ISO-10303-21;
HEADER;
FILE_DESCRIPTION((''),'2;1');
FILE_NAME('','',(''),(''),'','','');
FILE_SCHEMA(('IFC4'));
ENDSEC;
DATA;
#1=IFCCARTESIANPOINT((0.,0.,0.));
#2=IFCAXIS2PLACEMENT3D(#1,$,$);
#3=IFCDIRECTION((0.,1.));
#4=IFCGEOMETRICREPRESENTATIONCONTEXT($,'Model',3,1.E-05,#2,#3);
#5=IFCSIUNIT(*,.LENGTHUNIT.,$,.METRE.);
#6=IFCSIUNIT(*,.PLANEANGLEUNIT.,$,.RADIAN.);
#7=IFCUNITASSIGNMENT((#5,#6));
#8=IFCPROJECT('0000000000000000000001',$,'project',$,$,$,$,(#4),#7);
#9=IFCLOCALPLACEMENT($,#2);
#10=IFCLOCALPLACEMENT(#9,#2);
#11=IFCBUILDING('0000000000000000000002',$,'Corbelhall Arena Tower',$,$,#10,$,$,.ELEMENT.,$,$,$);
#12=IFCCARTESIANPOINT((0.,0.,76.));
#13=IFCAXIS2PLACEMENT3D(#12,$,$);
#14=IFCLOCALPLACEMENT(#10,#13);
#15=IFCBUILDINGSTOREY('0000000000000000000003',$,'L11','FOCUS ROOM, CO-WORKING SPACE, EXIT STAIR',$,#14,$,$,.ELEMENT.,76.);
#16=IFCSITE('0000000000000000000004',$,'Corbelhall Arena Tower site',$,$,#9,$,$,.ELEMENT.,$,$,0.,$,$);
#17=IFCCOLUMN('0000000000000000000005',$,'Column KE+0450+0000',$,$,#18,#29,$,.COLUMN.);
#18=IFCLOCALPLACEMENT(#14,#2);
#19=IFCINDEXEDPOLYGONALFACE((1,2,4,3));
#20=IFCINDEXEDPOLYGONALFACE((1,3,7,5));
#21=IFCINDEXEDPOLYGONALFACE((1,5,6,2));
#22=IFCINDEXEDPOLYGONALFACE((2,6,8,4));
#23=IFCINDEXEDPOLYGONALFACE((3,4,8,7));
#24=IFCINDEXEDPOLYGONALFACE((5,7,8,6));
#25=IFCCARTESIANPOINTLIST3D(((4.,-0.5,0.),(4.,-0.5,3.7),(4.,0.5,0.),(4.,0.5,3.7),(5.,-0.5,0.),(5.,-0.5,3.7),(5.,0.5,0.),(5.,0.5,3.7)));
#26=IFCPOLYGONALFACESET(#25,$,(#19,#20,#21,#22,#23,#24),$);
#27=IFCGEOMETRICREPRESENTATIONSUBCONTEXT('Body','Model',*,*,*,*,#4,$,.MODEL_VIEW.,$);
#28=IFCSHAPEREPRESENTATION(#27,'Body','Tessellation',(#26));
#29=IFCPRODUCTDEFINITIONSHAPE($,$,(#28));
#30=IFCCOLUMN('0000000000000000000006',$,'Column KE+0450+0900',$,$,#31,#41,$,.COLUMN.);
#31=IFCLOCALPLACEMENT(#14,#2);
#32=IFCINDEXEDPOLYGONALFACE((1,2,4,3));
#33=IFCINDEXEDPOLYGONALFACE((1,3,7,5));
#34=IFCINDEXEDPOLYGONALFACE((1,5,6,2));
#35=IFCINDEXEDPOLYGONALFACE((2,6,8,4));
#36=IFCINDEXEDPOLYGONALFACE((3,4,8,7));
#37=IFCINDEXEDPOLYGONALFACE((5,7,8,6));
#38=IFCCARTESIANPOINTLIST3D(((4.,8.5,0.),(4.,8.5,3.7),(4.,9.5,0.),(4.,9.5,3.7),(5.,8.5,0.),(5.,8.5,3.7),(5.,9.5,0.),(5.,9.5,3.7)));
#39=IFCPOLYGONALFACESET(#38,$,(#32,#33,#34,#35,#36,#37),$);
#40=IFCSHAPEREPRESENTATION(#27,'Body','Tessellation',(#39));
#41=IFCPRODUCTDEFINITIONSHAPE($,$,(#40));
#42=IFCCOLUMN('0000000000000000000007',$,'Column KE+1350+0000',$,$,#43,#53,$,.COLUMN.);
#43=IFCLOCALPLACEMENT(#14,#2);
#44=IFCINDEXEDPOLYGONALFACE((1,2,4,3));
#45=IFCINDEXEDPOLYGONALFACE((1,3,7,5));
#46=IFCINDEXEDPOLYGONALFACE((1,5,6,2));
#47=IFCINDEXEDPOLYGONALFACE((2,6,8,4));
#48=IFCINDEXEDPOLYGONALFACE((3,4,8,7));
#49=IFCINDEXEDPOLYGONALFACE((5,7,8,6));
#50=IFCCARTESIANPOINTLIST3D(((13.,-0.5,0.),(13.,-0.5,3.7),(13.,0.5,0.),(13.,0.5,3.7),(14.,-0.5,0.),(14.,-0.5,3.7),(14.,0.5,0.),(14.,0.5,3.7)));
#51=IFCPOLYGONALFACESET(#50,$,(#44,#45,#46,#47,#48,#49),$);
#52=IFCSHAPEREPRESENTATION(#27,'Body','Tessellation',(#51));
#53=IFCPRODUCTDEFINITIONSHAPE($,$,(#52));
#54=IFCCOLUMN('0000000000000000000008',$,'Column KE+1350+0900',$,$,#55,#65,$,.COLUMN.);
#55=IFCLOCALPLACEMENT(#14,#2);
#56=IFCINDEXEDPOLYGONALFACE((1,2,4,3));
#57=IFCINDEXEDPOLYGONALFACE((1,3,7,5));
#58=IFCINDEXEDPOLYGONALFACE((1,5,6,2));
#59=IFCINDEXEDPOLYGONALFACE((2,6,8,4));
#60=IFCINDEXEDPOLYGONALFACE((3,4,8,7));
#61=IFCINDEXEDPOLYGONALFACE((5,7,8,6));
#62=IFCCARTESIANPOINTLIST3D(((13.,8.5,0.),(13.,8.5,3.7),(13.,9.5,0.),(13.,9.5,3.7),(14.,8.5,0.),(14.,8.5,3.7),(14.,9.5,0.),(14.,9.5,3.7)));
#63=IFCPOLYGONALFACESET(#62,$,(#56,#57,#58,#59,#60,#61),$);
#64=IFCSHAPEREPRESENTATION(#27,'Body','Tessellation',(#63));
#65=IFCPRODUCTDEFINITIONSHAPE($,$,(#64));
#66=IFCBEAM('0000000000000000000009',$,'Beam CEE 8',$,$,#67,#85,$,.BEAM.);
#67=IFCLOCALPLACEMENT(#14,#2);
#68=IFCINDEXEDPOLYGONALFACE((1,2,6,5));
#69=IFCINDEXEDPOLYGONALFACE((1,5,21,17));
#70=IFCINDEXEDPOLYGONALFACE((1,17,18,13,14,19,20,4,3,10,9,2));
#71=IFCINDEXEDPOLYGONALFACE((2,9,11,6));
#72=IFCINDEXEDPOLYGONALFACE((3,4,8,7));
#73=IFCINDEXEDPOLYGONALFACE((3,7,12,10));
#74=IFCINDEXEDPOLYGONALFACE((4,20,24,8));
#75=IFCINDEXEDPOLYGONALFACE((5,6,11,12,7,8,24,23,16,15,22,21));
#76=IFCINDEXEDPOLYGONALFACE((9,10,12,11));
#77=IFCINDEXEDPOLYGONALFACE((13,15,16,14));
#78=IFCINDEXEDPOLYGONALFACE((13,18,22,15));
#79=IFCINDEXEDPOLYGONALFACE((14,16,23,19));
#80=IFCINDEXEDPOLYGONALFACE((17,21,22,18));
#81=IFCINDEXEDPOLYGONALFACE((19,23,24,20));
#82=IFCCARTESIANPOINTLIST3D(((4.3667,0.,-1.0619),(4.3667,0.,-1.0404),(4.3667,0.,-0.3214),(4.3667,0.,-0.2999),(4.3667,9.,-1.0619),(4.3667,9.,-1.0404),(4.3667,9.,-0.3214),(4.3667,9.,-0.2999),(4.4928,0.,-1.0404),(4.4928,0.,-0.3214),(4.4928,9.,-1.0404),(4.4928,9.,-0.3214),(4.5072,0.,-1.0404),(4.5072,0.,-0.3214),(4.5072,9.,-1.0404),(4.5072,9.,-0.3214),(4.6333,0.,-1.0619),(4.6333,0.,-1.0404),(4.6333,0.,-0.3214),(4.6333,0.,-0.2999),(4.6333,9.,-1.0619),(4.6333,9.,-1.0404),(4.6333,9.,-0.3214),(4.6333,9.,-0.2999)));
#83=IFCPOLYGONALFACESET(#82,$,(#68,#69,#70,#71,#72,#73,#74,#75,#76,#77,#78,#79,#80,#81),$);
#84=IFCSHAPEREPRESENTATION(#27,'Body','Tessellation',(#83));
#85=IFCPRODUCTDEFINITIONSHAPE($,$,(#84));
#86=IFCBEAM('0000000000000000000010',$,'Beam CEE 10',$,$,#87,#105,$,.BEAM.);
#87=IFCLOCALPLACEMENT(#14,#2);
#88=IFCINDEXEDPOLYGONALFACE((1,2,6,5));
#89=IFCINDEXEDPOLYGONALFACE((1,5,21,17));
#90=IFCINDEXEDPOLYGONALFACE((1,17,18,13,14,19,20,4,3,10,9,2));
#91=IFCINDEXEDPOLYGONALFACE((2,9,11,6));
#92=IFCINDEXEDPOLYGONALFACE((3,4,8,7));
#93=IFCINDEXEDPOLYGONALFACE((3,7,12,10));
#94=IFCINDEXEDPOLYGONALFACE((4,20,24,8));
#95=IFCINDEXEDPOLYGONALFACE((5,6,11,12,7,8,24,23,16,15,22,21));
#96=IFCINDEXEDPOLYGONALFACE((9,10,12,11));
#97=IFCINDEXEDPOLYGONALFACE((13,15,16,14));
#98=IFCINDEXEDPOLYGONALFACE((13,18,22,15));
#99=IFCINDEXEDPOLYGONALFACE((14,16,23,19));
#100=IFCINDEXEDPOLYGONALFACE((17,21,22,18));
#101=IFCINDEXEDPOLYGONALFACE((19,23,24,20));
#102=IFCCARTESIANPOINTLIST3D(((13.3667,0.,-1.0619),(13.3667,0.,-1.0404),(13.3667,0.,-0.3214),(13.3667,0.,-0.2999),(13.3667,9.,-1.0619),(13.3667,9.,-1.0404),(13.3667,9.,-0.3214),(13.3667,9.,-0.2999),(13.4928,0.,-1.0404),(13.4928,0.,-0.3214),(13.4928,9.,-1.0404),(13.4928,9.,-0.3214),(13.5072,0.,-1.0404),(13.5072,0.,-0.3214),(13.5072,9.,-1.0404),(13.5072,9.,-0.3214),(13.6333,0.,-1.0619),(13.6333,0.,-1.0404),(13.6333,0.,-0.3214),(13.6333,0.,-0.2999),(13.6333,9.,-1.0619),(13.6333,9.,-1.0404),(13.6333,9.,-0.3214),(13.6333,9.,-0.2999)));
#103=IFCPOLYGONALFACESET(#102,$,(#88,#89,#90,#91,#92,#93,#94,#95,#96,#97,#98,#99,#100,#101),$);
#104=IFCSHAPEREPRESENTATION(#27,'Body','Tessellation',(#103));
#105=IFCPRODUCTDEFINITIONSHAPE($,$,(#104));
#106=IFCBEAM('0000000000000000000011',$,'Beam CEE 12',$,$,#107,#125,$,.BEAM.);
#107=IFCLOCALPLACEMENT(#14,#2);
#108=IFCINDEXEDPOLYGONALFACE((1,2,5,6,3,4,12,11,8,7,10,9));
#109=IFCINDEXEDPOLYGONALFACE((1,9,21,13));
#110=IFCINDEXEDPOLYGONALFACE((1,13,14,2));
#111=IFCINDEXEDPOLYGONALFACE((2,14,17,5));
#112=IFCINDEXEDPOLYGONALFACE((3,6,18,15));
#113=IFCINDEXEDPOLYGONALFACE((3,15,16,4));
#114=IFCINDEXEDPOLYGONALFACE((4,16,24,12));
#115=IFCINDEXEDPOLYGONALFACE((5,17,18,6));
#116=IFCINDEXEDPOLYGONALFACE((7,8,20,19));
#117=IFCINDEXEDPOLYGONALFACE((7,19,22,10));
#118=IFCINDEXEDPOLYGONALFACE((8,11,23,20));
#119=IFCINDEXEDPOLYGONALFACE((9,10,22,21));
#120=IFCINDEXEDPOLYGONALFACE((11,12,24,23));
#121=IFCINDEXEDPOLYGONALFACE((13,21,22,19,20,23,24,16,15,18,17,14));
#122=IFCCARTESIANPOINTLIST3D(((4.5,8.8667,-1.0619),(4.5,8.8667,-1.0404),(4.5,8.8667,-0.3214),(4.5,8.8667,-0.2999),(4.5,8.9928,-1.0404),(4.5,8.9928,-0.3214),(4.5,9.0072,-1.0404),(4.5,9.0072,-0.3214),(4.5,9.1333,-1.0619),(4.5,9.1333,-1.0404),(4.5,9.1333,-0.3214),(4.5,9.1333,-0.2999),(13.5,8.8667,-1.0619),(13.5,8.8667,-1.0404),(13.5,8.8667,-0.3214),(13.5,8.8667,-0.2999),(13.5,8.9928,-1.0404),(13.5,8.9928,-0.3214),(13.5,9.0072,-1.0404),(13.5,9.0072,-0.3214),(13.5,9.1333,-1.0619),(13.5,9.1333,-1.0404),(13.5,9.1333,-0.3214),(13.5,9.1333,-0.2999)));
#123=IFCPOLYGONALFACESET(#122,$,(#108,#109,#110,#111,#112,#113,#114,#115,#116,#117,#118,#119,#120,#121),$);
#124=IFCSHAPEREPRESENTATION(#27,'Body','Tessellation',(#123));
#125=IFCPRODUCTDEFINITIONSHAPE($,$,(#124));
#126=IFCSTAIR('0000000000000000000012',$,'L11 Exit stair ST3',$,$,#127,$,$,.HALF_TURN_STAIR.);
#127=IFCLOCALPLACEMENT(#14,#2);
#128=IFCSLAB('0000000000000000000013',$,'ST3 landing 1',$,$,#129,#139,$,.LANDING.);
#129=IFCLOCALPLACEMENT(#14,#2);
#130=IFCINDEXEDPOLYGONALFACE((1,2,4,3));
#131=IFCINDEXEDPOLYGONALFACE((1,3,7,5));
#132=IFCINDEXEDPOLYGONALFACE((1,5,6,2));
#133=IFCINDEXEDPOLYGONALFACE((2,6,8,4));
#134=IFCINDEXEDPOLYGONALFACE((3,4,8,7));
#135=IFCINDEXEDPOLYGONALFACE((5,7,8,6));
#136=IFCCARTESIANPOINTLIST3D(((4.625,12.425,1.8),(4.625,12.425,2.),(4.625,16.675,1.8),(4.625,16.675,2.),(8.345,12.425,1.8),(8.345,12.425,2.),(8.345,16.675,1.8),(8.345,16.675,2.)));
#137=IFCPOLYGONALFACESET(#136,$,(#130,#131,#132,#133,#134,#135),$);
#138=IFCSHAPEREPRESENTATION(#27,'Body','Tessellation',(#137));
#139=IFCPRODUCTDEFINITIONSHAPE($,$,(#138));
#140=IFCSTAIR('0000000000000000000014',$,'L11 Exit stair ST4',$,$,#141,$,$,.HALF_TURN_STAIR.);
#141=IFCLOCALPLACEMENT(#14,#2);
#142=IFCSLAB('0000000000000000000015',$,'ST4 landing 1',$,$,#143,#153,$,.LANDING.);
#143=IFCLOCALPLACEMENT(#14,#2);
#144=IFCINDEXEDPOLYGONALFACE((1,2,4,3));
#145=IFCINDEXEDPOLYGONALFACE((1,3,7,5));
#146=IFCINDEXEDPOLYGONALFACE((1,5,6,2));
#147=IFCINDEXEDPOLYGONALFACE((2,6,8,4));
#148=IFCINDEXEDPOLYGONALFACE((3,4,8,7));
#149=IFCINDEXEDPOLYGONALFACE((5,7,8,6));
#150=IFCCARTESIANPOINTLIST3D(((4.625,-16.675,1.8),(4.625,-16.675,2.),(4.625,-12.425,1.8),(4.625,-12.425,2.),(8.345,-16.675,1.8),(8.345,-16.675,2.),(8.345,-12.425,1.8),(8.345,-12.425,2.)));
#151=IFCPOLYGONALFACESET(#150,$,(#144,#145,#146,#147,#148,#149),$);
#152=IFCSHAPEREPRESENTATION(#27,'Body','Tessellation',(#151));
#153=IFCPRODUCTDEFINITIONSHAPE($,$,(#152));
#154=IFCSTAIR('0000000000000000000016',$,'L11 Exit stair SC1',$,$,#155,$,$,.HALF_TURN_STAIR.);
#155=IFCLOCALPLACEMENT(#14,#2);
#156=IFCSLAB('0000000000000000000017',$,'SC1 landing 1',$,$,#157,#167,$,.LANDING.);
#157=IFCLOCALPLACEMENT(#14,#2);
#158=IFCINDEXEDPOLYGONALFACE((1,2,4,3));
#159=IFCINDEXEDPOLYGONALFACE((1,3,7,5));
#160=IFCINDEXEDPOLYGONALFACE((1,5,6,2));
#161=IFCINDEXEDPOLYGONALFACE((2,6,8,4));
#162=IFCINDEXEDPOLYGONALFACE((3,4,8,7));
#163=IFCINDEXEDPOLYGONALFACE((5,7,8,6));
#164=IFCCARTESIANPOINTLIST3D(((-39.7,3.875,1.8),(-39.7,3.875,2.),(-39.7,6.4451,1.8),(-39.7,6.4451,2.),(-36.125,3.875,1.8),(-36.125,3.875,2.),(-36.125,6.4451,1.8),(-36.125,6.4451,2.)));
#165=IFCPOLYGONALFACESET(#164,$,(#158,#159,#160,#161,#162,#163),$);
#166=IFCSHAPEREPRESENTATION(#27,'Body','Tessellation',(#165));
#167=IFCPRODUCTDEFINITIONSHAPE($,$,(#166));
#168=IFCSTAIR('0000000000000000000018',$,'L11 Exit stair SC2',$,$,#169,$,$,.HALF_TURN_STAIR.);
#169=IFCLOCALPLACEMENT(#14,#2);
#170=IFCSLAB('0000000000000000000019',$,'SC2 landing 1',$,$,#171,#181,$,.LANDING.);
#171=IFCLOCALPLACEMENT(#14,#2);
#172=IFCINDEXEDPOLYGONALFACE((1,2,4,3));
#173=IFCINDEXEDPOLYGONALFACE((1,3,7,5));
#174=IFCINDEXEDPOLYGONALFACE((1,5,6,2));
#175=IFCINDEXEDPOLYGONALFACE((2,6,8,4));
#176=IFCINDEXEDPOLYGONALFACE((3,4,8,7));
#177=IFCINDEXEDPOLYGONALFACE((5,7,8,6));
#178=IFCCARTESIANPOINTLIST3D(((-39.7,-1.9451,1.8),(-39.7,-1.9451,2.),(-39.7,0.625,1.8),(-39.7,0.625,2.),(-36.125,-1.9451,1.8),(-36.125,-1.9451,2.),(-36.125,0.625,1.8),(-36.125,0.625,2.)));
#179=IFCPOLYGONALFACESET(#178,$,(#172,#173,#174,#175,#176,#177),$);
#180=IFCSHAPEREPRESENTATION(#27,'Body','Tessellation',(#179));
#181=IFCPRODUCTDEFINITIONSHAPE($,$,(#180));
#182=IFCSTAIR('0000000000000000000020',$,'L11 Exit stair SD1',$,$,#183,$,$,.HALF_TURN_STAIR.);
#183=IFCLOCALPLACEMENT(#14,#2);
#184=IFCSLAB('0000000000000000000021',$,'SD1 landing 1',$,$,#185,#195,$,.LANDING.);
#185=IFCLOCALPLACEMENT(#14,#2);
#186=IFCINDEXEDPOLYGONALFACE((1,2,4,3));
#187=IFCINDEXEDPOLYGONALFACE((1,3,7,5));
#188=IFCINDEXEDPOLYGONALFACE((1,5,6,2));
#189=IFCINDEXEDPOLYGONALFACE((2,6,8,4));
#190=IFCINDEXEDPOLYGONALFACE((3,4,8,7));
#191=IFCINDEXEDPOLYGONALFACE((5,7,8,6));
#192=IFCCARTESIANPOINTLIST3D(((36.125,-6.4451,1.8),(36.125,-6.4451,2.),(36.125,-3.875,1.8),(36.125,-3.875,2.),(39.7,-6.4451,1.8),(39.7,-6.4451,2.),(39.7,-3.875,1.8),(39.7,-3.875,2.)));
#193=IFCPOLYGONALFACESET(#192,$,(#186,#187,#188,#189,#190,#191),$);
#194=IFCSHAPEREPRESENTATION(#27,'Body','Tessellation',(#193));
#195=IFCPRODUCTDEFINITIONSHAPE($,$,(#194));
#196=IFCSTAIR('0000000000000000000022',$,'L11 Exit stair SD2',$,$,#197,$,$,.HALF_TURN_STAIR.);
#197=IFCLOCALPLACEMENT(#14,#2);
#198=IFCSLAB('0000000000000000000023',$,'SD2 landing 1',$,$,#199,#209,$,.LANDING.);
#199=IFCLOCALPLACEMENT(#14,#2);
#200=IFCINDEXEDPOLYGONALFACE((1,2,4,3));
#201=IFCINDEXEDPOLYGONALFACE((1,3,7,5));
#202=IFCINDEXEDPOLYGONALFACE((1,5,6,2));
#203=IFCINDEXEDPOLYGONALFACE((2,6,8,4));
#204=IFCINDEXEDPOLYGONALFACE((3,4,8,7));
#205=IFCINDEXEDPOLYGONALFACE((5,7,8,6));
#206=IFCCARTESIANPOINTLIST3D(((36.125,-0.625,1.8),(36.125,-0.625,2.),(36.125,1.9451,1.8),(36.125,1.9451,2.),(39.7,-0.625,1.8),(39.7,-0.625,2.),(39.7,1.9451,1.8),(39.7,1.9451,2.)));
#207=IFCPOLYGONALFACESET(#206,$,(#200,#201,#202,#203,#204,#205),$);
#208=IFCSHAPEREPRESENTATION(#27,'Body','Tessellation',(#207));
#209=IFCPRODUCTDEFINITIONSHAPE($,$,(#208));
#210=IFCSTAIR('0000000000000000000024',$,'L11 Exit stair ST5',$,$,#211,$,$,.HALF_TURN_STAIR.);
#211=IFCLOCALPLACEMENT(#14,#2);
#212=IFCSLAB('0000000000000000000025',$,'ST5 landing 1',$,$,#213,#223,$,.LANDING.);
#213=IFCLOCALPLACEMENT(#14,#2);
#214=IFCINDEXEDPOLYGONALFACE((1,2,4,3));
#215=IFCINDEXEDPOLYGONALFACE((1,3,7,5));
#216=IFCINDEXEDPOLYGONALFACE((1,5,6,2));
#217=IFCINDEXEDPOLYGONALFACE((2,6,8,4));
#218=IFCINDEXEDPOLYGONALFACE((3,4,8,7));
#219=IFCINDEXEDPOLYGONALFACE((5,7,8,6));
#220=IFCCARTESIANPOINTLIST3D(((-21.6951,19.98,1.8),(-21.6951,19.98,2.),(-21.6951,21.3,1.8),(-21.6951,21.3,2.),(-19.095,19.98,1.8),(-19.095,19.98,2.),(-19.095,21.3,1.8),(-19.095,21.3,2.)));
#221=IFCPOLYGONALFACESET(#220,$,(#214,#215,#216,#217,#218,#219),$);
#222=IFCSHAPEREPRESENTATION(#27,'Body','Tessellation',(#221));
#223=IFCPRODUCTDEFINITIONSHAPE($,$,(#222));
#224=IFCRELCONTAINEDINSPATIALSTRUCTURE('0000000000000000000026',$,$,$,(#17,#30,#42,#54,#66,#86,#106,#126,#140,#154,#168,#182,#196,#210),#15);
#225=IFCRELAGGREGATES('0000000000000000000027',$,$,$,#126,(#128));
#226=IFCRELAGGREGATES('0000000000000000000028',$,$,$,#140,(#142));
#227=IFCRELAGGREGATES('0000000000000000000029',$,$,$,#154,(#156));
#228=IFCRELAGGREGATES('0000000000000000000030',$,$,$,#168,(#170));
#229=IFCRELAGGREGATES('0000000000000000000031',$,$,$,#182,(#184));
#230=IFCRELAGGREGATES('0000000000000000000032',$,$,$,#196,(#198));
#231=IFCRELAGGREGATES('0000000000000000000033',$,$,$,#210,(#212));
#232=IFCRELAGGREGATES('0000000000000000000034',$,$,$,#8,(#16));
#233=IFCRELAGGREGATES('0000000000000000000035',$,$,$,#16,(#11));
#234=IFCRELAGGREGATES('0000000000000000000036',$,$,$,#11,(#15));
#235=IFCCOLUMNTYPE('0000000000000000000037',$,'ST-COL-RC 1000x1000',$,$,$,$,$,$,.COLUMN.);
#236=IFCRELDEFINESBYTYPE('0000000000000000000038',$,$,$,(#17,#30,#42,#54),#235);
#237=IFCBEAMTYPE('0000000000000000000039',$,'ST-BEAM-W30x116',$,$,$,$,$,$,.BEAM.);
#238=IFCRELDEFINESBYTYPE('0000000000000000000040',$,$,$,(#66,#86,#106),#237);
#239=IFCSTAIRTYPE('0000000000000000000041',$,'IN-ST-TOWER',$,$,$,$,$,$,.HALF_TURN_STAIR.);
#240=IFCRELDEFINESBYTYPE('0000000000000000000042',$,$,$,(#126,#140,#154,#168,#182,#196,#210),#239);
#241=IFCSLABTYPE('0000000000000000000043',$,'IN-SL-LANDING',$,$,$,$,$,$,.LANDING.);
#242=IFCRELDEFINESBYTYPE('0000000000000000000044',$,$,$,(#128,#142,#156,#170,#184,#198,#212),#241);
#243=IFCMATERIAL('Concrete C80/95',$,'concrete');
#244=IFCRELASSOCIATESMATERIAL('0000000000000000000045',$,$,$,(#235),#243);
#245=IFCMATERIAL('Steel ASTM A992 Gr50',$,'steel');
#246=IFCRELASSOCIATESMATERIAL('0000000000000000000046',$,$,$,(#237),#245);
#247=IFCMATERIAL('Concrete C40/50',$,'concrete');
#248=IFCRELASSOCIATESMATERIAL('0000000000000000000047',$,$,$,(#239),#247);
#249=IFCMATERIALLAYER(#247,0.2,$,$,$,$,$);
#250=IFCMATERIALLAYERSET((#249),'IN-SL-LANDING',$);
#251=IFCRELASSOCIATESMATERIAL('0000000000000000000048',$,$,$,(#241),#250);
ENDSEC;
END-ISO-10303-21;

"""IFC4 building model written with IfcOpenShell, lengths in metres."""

from ifc_helpers import new_model, si_unit, direction, frame, origin, origin_2d, place, context, subcontext, project, spatial, polyline, rectangle, i_section, outline, extrude, material, layer, layer_set, material_profile, profile_set, type_object, element, aggregate, save


model = new_model("IFC4")

# Units and contexts
model_context = context("Model", 3, precision=1e-05, world=origin(), true_north=direction((0.0, 1.0)))
body_context = subcontext(model_context, "Body", "Model", "MODEL_VIEW")
ifc_project = project(units=[si_unit("LENGTHUNIT", "METRE"), si_unit("PLANEANGLEUNIT", "RADIAN")], contexts=[model_context])

# Site, building, storey
site_placement = place(None, origin())
site = spatial("IfcSite", under=ifc_project, at=site_placement, Name="Corbelhall Arena Tower site", CompositionType="ELEMENT", RefElevation=0.0)
building_placement = place(site_placement, origin())
building = spatial("IfcBuilding", under=site, at=building_placement, Name="Corbelhall Arena Tower", CompositionType="ELEMENT")
storey_placement = place(building_placement, frame((0.0, 0.0, 76.0)))
storey = spatial("IfcBuildingStorey", under=building, at=storey_placement, Name="L11", Description="FOCUS ROOM, CO-WORKING SPACE, EXIT STAIR", CompositionType="ELEMENT", Elevation=76.0)

# Columns
ifc_material_1 = material(Name="Concrete C80/95", Category="concrete")
ifc_material_profile_1 = material_profile(ifc_material_1, rectangle(XDim=1.0, YDim=1.0, at=origin_2d()))
ifc_profile_set_1 = profile_set([ifc_material_profile_1], Name="Concrete C80/95")
column_type = type_object("IfcColumnType", Name="ST-COL-RC 1000x1000", PredefinedType="COLUMN", material=ifc_profile_set_1)
for number, where, z_axis, x_axis, name in (
    (1, (4.5, 0.0, 0.0), (0.0, 0.0, 1.0), (1.0, 0.0, 0.0), "Column KE+0450+0000"),
    (2, (4.5, 9.0, 0.0), (0.0, 0.0, 1.0), (1.0, 0.0, 0.0), "Column KE+0450+0900"),
    (3, (13.5, 0.0, 0.0), (0.0, 0.0, 1.0), (1.0, 0.0, 0.0), "Column KE+1350+0000"),
    (4, (13.5, 9.0, 0.0), (0.0, 0.0, 1.0), (1.0, 0.0, 0.0), "Column KE+1350+0900"),
):
    element("IfcColumn", number, at=place(storey_placement, frame(where, z_axis=z_axis, x_axis=x_axis)), inside=storey, type_object=column_type, Name=name, PredefinedType="COLUMN", context=body_context, shape_type="SweptSolid", body=[
        extrude(rectangle(XDim=1.0, YDim=1.0, at=origin_2d()), origin(), (0.0, 0.0, 1.0), 3.7),
    ])

# Beams
ifc_material_2 = material(Name="Steel ASTM A992 Gr50", Category="steel")
ifc_material_profile_2 = material_profile(ifc_material_2, i_section(OverallWidth=0.2666, OverallDepth=0.762, WebThickness=0.0144, FlangeThickness=0.0215, at=origin_2d()))
ifc_profile_set_2 = profile_set([ifc_material_profile_2], Name="Steel ASTM A992 Gr50")
beam_type = type_object("IfcBeamType", Name="ST-BEAM-W30x116", PredefinedType="BEAM", material=ifc_profile_set_2)
for number, where, z_axis, x_axis, name in (
    (5, (4.5, 0.0, -0.6809), (0.0, 1.0, 0.0), (-1.0, 0.0, 0.0), "Beam CEE 8"),
    (6, (13.5, 0.0, -0.6809), (0.0, 1.0, 0.0), (-1.0, 0.0, 0.0), "Beam CEE 10"),
    (7, (4.5, 9.0, -0.6809), (1.0, 0.0, 0.0), (0.0, 1.0, 0.0), "Beam CEE 12"),
):
    element("IfcBeam", number, at=place(storey_placement, frame(where, z_axis=z_axis, x_axis=x_axis)), inside=storey, type_object=beam_type, Name=name, PredefinedType="BEAM", context=body_context, shape_type="SweptSolid", body=[
        extrude(i_section(OverallWidth=0.2666, OverallDepth=0.762, WebThickness=0.0144, FlangeThickness=0.0215, at=origin_2d()), origin(), (0.0, 0.0, 1.0), 9.0),
    ])

# Stairs, slabs
ifc_material_3 = material(Name="Concrete C40/50", Category="concrete")
stair_type = type_object("IfcStairType", Name="IN-ST-TOWER", PredefinedType="HALF_TURN_STAIR", material=ifc_material_3)
stair_1_placement = place(storey_placement, origin())
stair_1 = element("IfcStair", 8, at=stair_1_placement, inside=storey, type_object=stair_type, Name="L11 Exit stair ST3", PredefinedType="HALF_TURN_STAIR")
ifc_layer_1 = layer(ifc_material_3, 0.2)
ifc_layer_set_1 = layer_set([ifc_layer_1], Name="IN-SL-LANDING")
slab_type = type_object("IfcSlabType", Name="IN-SL-LANDING", PredefinedType="LANDING", material=ifc_layer_set_1)
slab_1_placement = place(storey_placement, frame((0.0, 0.0, 1.8)))
slab_1 = element("IfcSlab", 9, at=slab_1_placement, type_object=slab_type, Name="ST3 landing 1", PredefinedType="LANDING", context=body_context, shape_type="SweptSolid", body=[
    extrude(outline(polyline([(8.345, 16.675), (4.625, 16.675), (4.625, 12.425), (8.345, 12.425), (8.345, 16.675)])), origin(), (0.0, 0.0, 1.0), 0.2),
])
aggregate(stair_1, [slab_1])
stair_2_placement = place(storey_placement, origin())
stair_2 = element("IfcStair", 10, at=stair_2_placement, inside=storey, type_object=stair_type, Name="L11 Exit stair ST4", PredefinedType="HALF_TURN_STAIR")
slab_2_placement = place(storey_placement, frame((0.0, 0.0, 1.8)))
slab_2 = element("IfcSlab", 11, at=slab_2_placement, type_object=slab_type, Name="ST4 landing 1", PredefinedType="LANDING", context=body_context, shape_type="SweptSolid", body=[
    extrude(outline(polyline([(8.345, -12.425), (4.625, -12.425), (4.625, -16.675), (8.345, -16.675), (8.345, -12.425)])), origin(), (0.0, 0.0, 1.0), 0.2),
])
aggregate(stair_2, [slab_2])
stair_3_placement = place(storey_placement, origin())
stair_3 = element("IfcStair", 12, at=stair_3_placement, inside=storey, type_object=stair_type, Name="L11 Exit stair SC1", PredefinedType="HALF_TURN_STAIR")
slab_3_placement = place(storey_placement, frame((0.0, 0.0, 1.8)))
slab_3 = element("IfcSlab", 13, at=slab_3_placement, type_object=slab_type, Name="SC1 landing 1", PredefinedType="LANDING", context=body_context, shape_type="SweptSolid", body=[
    extrude(outline(polyline([(-39.7, 6.4451), (-39.7, 3.875), (-36.125, 3.875), (-36.125, 6.4451), (-39.7, 6.4451)])), origin(), (0.0, 0.0, 1.0), 0.2),
])
aggregate(stair_3, [slab_3])
stair_4_placement = place(storey_placement, origin())
stair_4 = element("IfcStair", 14, at=stair_4_placement, inside=storey, type_object=stair_type, Name="L11 Exit stair SC2", PredefinedType="HALF_TURN_STAIR")
slab_4_placement = place(storey_placement, frame((0.0, 0.0, 1.8)))
slab_4 = element("IfcSlab", 15, at=slab_4_placement, type_object=slab_type, Name="SC2 landing 1", PredefinedType="LANDING", context=body_context, shape_type="SweptSolid", body=[
    extrude(outline(polyline([(-36.125, -1.9451), (-36.125, 0.625), (-39.7, 0.625), (-39.7, -1.9451), (-36.125, -1.9451)])), origin(), (0.0, 0.0, 1.0), 0.2),
])
aggregate(stair_4, [slab_4])
stair_5_placement = place(storey_placement, origin())
stair_5 = element("IfcStair", 16, at=stair_5_placement, inside=storey, type_object=stair_type, Name="L11 Exit stair SD1", PredefinedType="HALF_TURN_STAIR")
slab_5_placement = place(storey_placement, frame((0.0, 0.0, 1.8)))
slab_5 = element("IfcSlab", 17, at=slab_5_placement, type_object=slab_type, Name="SD1 landing 1", PredefinedType="LANDING", context=body_context, shape_type="SweptSolid", body=[
    extrude(outline(polyline([(39.7, -6.4451), (39.7, -3.875), (36.125, -3.875), (36.125, -6.4451), (39.7, -6.4451)])), origin(), (0.0, 0.0, 1.0), 0.2),
])
aggregate(stair_5, [slab_5])
stair_6_placement = place(storey_placement, origin())
stair_6 = element("IfcStair", 18, at=stair_6_placement, inside=storey, type_object=stair_type, Name="L11 Exit stair SD2", PredefinedType="HALF_TURN_STAIR")
slab_6_placement = place(storey_placement, frame((0.0, 0.0, 1.8)))
slab_6 = element("IfcSlab", 19, at=slab_6_placement, type_object=slab_type, Name="SD2 landing 1", PredefinedType="LANDING", context=body_context, shape_type="SweptSolid", body=[
    extrude(outline(polyline([(36.125, 1.9451), (36.125, -0.625), (39.7, -0.625), (39.7, 1.9451), (36.125, 1.9451)])), origin(), (0.0, 0.0, 1.0), 0.2),
])
aggregate(stair_6, [slab_6])
stair_7_placement = place(storey_placement, origin())
stair_7 = element("IfcStair", 20, at=stair_7_placement, inside=storey, type_object=stair_type, Name="L11 Exit stair ST5", PredefinedType="HALF_TURN_STAIR")
slab_7_placement = place(storey_placement, frame((0.0, 0.0, 1.8)))
slab_7 = element("IfcSlab", 21, at=slab_7_placement, type_object=slab_type, Name="ST5 landing 1", PredefinedType="LANDING", context=body_context, shape_type="SweptSolid", body=[
    extrude(outline(polyline([(-19.095, 19.98), (-19.095, 21.3), (-21.6951, 21.3), (-21.6951, 19.98), (-19.095, 19.98)])), origin(), (0.0, 0.0, 1.0), 0.2),
])
aggregate(stair_7, [slab_7])

save(model, "model.ifc")
